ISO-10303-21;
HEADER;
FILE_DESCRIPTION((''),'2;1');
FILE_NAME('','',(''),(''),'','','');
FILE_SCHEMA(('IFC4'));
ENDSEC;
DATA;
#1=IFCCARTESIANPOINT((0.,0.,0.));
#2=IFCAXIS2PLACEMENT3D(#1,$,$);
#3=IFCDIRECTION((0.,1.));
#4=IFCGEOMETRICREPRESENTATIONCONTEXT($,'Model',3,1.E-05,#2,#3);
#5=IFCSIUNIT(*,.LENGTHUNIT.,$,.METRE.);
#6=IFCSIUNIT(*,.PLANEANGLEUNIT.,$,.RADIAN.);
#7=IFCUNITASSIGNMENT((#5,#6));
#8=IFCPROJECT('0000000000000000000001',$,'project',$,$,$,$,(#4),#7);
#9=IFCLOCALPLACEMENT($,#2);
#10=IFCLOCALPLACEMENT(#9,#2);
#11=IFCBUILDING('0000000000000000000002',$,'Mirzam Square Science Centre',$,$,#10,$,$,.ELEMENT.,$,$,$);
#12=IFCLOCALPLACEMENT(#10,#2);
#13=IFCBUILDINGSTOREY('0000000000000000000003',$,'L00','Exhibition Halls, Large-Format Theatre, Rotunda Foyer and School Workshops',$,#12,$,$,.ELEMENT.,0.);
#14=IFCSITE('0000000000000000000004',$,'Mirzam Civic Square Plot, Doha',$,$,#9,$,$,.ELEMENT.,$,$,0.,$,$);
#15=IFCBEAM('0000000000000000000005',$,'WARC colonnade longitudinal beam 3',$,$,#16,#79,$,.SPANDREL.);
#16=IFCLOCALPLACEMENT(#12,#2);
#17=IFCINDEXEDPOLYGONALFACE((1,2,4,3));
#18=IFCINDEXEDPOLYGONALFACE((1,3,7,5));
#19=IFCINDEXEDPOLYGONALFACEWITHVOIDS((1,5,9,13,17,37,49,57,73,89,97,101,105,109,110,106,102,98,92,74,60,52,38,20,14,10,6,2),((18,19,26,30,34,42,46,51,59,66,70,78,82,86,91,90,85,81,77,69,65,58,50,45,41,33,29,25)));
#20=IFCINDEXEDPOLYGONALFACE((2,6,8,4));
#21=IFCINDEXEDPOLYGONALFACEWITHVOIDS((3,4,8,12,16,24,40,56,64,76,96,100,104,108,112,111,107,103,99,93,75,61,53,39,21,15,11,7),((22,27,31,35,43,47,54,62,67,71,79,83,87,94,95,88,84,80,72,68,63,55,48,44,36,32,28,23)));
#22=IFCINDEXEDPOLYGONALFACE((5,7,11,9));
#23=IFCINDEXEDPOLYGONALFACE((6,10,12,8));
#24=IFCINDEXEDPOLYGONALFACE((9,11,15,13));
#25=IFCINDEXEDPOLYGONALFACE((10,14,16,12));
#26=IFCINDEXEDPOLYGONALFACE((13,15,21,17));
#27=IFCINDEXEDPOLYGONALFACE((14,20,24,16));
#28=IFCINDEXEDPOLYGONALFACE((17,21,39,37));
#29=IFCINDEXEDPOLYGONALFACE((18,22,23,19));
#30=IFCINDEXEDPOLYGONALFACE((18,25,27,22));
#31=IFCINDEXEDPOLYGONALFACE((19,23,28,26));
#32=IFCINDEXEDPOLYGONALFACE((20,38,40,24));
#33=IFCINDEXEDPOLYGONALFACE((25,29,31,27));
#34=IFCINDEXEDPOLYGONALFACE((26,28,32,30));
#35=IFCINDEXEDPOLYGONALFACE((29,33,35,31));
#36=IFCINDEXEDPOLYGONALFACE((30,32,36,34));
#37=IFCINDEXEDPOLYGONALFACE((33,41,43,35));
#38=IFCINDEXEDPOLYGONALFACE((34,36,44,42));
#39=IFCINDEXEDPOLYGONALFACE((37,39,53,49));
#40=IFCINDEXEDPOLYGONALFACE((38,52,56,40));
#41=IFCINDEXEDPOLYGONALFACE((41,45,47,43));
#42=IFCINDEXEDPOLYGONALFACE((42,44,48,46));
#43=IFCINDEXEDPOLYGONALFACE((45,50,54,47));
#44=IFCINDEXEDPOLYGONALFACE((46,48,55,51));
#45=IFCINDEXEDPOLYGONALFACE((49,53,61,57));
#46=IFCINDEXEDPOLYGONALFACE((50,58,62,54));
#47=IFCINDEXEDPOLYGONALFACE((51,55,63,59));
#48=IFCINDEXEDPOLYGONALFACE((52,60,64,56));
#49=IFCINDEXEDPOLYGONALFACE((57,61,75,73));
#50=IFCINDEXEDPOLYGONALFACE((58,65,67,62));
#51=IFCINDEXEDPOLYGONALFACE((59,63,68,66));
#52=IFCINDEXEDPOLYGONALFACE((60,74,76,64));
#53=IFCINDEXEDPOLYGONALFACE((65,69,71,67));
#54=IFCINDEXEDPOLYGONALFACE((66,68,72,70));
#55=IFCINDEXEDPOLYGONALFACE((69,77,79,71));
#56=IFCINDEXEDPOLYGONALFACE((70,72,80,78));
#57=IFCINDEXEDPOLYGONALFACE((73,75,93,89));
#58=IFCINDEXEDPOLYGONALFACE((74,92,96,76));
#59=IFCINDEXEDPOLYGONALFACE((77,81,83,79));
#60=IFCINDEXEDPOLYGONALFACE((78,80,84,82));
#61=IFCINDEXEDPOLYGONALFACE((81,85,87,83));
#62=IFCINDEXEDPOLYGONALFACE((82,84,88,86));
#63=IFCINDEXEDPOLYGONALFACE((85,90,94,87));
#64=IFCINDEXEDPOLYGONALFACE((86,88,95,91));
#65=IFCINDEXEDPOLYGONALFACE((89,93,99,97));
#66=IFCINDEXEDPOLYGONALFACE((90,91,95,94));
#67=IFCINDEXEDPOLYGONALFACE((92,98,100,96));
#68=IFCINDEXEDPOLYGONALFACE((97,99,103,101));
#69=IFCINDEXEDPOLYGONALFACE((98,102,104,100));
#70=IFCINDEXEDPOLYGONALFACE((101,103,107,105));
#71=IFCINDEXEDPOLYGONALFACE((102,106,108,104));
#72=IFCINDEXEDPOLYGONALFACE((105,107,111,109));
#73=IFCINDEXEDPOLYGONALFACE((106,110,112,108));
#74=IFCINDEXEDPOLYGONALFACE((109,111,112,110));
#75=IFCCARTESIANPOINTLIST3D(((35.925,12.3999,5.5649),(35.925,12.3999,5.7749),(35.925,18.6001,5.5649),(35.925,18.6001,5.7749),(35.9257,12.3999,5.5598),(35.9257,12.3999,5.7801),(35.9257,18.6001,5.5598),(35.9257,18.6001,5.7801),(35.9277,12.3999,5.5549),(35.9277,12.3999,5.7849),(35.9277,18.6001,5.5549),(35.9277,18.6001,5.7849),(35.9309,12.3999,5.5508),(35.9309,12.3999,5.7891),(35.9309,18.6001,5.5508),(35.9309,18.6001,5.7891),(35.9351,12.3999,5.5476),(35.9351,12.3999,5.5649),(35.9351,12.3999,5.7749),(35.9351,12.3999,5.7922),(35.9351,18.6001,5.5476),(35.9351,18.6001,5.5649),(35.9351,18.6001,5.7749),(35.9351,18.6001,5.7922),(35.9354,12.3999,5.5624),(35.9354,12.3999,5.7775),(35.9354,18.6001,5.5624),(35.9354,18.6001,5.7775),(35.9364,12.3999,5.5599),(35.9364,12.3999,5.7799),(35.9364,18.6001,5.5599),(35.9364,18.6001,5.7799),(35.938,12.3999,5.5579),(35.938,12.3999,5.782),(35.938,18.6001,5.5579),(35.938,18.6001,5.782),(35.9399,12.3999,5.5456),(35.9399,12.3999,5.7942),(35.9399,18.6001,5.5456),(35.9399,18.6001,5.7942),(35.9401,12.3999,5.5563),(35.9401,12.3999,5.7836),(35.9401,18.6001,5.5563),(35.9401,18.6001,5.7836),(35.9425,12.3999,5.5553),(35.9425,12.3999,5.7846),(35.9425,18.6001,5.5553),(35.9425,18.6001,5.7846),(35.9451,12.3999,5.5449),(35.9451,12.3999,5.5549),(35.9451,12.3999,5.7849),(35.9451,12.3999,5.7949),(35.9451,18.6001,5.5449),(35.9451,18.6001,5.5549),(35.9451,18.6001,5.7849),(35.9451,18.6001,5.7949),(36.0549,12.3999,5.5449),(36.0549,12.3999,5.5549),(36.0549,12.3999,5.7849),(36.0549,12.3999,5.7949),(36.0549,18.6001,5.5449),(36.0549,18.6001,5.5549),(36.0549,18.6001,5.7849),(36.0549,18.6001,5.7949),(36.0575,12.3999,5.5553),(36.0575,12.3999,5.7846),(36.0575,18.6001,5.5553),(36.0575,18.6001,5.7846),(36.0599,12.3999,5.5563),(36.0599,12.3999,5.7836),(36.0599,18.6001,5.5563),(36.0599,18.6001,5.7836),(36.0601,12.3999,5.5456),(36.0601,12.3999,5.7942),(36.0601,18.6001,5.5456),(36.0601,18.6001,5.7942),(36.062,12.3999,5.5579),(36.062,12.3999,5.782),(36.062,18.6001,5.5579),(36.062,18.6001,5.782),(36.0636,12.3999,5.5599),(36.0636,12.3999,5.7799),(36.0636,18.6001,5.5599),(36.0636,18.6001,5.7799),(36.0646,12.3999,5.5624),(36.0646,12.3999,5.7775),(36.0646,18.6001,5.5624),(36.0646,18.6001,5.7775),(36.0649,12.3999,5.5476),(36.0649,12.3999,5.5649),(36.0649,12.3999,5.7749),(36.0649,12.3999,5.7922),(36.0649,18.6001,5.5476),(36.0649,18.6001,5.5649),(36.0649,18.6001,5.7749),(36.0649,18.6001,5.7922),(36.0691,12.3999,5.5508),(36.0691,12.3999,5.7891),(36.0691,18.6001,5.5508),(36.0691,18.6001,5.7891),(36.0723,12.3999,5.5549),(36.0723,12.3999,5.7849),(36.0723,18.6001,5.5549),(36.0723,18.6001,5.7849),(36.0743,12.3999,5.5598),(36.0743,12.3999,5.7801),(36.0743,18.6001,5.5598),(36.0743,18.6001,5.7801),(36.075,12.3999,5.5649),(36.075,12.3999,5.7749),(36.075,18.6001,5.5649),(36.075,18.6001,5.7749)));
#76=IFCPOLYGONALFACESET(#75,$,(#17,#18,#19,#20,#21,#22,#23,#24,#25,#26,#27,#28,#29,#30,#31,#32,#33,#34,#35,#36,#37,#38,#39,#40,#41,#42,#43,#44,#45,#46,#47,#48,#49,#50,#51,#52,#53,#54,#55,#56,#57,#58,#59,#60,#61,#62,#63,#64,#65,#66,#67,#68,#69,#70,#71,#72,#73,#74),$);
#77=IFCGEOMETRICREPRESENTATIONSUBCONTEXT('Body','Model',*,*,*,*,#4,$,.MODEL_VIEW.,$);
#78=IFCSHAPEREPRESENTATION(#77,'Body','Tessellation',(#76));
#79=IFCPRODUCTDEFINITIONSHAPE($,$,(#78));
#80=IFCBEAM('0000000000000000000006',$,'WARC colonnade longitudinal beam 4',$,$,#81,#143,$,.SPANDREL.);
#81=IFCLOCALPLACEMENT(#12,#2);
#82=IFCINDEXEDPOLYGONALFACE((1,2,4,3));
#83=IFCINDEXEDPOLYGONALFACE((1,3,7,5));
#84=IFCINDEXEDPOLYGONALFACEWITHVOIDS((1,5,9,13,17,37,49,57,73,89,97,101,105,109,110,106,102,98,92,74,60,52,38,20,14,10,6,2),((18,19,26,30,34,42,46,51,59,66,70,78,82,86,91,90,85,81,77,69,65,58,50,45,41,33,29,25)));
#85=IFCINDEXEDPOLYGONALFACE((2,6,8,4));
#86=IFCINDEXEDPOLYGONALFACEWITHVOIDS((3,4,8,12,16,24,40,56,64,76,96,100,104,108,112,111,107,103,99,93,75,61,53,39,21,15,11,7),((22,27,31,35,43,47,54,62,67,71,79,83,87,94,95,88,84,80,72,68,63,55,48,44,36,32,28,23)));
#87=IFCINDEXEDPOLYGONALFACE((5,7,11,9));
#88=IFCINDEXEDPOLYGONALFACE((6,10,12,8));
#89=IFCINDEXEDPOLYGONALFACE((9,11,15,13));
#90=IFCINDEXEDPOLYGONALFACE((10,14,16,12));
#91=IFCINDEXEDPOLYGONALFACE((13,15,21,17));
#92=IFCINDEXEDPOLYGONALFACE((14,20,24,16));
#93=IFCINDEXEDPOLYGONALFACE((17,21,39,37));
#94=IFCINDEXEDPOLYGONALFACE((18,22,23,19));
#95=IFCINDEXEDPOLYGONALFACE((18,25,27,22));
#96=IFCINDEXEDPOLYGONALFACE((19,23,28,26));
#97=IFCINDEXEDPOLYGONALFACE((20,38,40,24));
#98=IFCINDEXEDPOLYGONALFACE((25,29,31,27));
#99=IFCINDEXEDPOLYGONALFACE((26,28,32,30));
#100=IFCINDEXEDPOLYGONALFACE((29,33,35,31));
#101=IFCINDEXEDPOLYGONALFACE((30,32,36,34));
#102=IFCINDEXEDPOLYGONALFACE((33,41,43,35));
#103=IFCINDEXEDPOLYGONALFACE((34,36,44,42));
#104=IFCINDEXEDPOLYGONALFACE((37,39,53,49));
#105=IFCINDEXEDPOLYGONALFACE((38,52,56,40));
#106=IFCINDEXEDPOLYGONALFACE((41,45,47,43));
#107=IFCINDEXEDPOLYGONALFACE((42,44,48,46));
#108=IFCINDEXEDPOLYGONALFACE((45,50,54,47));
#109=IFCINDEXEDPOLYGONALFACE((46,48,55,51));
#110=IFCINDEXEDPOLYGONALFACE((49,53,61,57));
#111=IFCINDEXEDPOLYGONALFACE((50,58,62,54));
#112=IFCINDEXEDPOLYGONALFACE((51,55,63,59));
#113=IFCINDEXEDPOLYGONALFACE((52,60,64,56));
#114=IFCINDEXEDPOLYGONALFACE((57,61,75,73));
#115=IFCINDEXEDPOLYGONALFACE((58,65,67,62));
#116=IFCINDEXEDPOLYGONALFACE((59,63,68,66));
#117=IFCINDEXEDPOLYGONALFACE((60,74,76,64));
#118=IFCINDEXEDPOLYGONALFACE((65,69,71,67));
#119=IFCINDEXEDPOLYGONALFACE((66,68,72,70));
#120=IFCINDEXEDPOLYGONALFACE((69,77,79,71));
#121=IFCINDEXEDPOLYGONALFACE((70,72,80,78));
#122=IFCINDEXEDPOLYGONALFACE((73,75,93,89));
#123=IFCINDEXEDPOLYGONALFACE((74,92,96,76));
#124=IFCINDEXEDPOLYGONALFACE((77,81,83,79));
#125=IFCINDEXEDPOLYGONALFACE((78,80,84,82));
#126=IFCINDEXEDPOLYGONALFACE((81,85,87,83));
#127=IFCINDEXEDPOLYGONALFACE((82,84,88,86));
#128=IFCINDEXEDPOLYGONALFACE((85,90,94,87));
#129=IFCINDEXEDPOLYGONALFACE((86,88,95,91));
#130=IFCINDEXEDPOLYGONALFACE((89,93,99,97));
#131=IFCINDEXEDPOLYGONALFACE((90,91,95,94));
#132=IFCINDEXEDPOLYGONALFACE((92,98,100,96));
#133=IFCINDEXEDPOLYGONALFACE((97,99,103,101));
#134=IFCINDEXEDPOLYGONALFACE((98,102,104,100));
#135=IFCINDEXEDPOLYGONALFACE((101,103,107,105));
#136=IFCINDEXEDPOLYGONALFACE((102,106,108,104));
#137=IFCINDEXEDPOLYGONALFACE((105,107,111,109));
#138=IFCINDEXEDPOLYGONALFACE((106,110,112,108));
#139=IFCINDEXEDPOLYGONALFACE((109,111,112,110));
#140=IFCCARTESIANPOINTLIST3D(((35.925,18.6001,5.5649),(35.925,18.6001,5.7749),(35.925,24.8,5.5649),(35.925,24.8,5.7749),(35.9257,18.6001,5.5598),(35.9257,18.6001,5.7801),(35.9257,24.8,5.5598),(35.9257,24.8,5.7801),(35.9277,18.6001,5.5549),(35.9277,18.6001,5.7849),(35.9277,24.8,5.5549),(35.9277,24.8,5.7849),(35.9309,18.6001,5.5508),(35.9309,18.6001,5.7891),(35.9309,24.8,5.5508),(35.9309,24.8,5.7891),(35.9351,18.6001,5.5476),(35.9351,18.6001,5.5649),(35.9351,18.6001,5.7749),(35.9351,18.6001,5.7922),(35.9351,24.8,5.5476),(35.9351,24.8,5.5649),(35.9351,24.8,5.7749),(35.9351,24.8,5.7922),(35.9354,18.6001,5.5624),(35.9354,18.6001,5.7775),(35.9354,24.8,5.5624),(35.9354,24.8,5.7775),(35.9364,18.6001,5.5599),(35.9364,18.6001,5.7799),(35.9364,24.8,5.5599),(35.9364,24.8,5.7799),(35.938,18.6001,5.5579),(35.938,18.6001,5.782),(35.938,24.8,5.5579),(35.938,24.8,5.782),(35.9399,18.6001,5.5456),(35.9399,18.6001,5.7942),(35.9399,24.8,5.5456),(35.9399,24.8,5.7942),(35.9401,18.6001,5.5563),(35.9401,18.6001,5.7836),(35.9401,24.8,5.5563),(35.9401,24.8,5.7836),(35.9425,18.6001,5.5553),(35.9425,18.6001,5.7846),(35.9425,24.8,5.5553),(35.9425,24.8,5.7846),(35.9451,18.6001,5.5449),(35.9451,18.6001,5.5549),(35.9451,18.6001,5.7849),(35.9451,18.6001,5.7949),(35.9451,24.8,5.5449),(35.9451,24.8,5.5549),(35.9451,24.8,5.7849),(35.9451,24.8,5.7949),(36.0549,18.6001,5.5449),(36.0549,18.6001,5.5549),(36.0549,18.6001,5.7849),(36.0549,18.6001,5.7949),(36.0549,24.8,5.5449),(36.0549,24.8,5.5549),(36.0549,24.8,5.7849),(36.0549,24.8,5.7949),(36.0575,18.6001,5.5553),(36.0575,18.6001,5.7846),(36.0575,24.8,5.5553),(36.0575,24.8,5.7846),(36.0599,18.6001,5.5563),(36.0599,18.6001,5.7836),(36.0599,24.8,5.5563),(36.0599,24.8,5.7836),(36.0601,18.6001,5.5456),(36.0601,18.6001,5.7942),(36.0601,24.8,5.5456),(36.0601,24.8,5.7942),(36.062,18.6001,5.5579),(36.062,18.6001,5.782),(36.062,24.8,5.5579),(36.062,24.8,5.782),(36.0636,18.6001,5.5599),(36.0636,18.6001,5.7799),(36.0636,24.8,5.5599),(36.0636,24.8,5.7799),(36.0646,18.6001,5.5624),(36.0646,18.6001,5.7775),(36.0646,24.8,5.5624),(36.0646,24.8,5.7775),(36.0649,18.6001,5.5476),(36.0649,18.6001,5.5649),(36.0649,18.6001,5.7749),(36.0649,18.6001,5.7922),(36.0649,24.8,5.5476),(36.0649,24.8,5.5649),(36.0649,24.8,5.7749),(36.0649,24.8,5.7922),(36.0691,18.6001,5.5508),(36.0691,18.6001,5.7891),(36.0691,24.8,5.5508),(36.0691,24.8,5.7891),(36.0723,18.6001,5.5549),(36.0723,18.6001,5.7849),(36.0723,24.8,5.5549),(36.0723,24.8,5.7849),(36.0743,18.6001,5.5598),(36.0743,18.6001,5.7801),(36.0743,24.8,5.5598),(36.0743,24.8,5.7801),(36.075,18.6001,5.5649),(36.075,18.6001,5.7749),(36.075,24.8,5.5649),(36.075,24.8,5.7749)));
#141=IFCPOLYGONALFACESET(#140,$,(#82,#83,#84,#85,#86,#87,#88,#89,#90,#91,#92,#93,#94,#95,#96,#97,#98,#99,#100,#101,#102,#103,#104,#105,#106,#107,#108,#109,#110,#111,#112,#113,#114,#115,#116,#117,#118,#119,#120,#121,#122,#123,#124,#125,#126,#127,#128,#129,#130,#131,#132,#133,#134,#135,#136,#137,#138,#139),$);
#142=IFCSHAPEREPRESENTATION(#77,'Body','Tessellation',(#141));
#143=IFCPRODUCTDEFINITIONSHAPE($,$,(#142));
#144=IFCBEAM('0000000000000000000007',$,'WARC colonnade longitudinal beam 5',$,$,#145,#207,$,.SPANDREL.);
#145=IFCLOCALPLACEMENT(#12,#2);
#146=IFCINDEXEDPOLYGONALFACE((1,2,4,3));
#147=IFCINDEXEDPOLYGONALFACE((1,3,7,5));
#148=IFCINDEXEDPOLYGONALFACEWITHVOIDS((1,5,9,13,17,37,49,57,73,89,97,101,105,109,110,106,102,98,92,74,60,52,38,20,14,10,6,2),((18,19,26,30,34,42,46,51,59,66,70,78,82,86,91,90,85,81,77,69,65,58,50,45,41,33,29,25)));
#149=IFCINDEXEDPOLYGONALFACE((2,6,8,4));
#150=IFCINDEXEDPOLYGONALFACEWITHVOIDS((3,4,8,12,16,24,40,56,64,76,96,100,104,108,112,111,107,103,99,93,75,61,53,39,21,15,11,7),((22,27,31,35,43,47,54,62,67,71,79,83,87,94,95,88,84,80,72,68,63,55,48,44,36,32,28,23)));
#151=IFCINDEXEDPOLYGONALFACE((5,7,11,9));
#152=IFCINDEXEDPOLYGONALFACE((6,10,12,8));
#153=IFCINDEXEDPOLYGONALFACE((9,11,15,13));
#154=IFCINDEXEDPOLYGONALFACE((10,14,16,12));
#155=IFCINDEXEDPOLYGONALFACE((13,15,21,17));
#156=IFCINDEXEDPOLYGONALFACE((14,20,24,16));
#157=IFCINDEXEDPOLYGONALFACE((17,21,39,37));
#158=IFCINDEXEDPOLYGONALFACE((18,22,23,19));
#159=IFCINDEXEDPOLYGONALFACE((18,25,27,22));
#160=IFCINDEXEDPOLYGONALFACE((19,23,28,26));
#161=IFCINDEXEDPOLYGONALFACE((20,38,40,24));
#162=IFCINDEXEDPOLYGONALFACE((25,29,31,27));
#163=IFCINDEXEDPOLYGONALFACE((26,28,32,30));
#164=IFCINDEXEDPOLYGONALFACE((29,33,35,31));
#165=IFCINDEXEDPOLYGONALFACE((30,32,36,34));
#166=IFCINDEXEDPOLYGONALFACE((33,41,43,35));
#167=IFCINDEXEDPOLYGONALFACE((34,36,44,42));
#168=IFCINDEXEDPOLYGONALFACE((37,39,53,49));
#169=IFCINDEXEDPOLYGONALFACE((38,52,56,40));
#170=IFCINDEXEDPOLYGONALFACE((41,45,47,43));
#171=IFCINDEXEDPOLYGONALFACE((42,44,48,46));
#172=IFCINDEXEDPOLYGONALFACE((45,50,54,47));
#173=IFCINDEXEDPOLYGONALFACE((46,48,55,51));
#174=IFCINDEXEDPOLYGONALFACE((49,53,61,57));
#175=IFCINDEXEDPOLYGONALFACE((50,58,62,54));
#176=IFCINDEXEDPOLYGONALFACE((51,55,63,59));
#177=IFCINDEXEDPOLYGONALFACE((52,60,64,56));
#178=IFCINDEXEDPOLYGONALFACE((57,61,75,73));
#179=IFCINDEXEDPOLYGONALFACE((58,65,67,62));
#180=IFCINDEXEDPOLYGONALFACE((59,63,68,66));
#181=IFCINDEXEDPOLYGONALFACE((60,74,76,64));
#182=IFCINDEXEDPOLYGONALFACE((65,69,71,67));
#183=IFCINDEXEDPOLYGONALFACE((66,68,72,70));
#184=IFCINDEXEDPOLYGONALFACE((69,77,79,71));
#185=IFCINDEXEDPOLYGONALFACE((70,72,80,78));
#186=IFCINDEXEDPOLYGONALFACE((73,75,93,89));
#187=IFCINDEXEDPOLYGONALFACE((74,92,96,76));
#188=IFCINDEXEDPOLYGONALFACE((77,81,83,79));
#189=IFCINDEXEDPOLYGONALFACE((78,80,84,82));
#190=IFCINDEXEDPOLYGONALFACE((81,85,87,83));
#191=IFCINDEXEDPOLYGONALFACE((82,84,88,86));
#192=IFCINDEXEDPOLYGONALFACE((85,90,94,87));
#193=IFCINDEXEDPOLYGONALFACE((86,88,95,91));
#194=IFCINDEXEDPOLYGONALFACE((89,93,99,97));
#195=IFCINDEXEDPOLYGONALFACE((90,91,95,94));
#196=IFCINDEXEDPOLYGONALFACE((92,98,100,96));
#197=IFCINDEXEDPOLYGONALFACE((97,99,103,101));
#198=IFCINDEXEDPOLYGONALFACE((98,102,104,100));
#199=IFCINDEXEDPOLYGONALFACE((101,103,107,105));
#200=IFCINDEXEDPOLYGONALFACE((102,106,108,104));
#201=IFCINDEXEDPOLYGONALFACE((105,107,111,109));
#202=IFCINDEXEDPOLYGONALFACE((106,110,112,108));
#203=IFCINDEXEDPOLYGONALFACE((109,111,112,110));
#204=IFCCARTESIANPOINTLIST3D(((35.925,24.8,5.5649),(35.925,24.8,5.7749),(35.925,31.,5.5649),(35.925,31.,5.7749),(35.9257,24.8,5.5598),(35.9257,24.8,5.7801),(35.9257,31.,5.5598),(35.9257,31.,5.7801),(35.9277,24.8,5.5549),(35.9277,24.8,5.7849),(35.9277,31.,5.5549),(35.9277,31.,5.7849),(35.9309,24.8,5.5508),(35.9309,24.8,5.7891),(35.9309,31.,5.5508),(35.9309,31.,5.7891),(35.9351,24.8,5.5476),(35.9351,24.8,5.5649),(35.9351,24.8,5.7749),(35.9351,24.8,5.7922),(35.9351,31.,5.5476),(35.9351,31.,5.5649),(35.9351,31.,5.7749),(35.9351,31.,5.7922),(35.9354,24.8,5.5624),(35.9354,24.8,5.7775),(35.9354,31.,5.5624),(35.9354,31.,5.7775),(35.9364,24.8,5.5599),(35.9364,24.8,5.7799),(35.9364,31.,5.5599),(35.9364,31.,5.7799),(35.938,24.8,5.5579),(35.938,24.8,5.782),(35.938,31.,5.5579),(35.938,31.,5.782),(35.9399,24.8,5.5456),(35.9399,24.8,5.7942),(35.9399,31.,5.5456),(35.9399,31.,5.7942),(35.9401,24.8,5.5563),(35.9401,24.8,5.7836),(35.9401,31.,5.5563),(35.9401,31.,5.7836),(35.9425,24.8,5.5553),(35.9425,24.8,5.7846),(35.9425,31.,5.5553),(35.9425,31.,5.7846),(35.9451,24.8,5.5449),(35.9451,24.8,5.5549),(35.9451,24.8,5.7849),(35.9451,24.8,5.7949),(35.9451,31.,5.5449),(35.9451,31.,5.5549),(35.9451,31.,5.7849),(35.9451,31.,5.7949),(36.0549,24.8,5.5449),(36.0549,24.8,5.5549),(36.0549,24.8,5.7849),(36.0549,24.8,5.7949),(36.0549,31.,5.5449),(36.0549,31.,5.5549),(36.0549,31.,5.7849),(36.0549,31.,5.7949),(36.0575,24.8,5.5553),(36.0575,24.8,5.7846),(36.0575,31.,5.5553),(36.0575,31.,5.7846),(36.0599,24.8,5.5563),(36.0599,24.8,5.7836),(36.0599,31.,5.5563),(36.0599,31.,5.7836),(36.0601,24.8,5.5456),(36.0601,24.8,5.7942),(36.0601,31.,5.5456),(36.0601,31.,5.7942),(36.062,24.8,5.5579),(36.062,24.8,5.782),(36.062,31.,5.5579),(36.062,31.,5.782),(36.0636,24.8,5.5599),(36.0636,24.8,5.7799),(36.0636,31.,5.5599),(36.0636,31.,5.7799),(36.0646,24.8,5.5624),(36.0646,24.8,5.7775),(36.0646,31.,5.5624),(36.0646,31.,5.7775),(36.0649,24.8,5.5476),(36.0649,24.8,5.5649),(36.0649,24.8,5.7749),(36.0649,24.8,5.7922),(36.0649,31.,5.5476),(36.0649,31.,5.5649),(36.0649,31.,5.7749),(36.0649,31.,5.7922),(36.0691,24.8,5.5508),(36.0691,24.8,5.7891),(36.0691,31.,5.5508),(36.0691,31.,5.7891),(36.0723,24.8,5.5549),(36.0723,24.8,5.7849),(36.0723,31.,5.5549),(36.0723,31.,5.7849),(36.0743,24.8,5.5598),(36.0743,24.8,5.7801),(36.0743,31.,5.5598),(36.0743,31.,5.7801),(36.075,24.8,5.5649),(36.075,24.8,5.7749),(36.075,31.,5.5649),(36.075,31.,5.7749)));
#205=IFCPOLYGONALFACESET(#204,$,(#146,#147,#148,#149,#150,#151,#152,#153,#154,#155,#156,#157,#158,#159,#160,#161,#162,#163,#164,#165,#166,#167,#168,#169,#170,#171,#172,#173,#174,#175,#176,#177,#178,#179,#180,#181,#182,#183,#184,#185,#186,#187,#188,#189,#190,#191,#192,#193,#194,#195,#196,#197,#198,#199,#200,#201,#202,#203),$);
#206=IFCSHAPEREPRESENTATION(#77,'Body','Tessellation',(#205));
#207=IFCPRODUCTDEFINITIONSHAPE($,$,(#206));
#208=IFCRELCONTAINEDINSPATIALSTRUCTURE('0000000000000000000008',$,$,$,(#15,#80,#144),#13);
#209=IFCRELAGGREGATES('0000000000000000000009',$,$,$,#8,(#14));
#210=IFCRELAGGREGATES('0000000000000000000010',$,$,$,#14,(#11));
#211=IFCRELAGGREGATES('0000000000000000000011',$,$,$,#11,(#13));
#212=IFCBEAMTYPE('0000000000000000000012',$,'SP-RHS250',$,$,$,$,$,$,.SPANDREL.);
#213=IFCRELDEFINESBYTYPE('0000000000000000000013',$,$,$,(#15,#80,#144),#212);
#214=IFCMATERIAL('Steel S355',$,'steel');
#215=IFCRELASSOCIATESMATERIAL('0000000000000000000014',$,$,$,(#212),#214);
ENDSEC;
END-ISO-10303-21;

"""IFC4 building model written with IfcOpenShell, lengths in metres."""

from ifc_helpers import new_model, si_unit, direction, frame, origin, origin_2d, place, context, subcontext, project, spatial, hollow_rectangle, extrude, material, material_profile, profile_set, type_object, element, save


model = new_model("IFC4")

# Units and contexts
model_context = context("Model", 3, precision=1e-05, world=origin(), true_north=direction((0.0, 1.0)))
body_context = subcontext(model_context, "Body", "Model", "MODEL_VIEW")
ifc_project = project(units=[si_unit("LENGTHUNIT", "METRE"), si_unit("PLANEANGLEUNIT", "RADIAN")], contexts=[model_context])

# Site, building, storey
site_placement = place(None, origin())
site = spatial("IfcSite", under=ifc_project, at=site_placement, Name="Mirzam Civic Square Plot, Doha", CompositionType="ELEMENT", RefElevation=0.0)
building_placement = place(site_placement, origin())
building = spatial("IfcBuilding", under=site, at=building_placement, Name="Mirzam Square Science Centre", CompositionType="ELEMENT")
storey_placement = place(building_placement, origin())
storey = spatial("IfcBuildingStorey", under=building, at=storey_placement, Name="L00", Description="Exhibition Halls, Large-Format Theatre, Rotunda Foyer and School Workshops", CompositionType="ELEMENT", Elevation=0.0)

# Shared definitions
ifc_material_1 = material(Name="Steel S355", Category="steel")

# Beams
ifc_material_profile_1 = material_profile(ifc_material_1, hollow_rectangle(XDim=0.1499, YDim=0.25, WallThickness=0.01, InnerFilletRadius=0.01, OuterFilletRadius=0.02, at=origin_2d()), Name="250x150x10.0RHS")
ifc_profile_set_1 = profile_set([ifc_material_profile_1], Name="Steel S355")
beam_type = type_object("IfcBeamType", Name="SP-RHS250", PredefinedType="SPANDREL", material=ifc_profile_set_1)
beam_placement = place(storey_placement, frame((36.0, 12.3999, 5.6699), z_axis=(0.0, 1.0, 0.0), x_axis=(-1.0, 0.0, 0.0)))
element("IfcBeam", 1, at=beam_placement, inside=storey, type_object=beam_type, Name="WARC colonnade longitudinal beam 3", PredefinedType="SPANDREL", context=body_context, shape_type="SweptSolid", body=[
    extrude(hollow_rectangle(XDim=0.1499, YDim=0.25, WallThickness=0.01, InnerFilletRadius=0.01, OuterFilletRadius=0.02, at=origin_2d()), origin(), (0.0, 0.0, 1.0), 6.2002),
])
for number, where, z_axis, x_axis, name in (
    (2, (36.0, 18.6001, 5.6699), (0.0, 1.0, 0.0), (-1.0, 0.0, 0.0), "WARC colonnade longitudinal beam 4"),
    (3, (36.0, 24.8, 5.6699), (0.0, 1.0, 0.0), (-1.0, 0.0, 0.0), "WARC colonnade longitudinal beam 5"),
):
    element("IfcBeam", number, at=place(storey_placement, frame(where, z_axis=z_axis, x_axis=x_axis)), inside=storey, type_object=beam_type, Name=name, PredefinedType="SPANDREL", context=body_context, shape_type="SweptSolid", body=[
        extrude(hollow_rectangle(XDim=0.1499, YDim=0.25, WallThickness=0.01, InnerFilletRadius=0.01, OuterFilletRadius=0.02, at=origin_2d()), origin(), (0.0, 0.0, 1.0), 6.2),
    ])

save(model, "model.ifc")
